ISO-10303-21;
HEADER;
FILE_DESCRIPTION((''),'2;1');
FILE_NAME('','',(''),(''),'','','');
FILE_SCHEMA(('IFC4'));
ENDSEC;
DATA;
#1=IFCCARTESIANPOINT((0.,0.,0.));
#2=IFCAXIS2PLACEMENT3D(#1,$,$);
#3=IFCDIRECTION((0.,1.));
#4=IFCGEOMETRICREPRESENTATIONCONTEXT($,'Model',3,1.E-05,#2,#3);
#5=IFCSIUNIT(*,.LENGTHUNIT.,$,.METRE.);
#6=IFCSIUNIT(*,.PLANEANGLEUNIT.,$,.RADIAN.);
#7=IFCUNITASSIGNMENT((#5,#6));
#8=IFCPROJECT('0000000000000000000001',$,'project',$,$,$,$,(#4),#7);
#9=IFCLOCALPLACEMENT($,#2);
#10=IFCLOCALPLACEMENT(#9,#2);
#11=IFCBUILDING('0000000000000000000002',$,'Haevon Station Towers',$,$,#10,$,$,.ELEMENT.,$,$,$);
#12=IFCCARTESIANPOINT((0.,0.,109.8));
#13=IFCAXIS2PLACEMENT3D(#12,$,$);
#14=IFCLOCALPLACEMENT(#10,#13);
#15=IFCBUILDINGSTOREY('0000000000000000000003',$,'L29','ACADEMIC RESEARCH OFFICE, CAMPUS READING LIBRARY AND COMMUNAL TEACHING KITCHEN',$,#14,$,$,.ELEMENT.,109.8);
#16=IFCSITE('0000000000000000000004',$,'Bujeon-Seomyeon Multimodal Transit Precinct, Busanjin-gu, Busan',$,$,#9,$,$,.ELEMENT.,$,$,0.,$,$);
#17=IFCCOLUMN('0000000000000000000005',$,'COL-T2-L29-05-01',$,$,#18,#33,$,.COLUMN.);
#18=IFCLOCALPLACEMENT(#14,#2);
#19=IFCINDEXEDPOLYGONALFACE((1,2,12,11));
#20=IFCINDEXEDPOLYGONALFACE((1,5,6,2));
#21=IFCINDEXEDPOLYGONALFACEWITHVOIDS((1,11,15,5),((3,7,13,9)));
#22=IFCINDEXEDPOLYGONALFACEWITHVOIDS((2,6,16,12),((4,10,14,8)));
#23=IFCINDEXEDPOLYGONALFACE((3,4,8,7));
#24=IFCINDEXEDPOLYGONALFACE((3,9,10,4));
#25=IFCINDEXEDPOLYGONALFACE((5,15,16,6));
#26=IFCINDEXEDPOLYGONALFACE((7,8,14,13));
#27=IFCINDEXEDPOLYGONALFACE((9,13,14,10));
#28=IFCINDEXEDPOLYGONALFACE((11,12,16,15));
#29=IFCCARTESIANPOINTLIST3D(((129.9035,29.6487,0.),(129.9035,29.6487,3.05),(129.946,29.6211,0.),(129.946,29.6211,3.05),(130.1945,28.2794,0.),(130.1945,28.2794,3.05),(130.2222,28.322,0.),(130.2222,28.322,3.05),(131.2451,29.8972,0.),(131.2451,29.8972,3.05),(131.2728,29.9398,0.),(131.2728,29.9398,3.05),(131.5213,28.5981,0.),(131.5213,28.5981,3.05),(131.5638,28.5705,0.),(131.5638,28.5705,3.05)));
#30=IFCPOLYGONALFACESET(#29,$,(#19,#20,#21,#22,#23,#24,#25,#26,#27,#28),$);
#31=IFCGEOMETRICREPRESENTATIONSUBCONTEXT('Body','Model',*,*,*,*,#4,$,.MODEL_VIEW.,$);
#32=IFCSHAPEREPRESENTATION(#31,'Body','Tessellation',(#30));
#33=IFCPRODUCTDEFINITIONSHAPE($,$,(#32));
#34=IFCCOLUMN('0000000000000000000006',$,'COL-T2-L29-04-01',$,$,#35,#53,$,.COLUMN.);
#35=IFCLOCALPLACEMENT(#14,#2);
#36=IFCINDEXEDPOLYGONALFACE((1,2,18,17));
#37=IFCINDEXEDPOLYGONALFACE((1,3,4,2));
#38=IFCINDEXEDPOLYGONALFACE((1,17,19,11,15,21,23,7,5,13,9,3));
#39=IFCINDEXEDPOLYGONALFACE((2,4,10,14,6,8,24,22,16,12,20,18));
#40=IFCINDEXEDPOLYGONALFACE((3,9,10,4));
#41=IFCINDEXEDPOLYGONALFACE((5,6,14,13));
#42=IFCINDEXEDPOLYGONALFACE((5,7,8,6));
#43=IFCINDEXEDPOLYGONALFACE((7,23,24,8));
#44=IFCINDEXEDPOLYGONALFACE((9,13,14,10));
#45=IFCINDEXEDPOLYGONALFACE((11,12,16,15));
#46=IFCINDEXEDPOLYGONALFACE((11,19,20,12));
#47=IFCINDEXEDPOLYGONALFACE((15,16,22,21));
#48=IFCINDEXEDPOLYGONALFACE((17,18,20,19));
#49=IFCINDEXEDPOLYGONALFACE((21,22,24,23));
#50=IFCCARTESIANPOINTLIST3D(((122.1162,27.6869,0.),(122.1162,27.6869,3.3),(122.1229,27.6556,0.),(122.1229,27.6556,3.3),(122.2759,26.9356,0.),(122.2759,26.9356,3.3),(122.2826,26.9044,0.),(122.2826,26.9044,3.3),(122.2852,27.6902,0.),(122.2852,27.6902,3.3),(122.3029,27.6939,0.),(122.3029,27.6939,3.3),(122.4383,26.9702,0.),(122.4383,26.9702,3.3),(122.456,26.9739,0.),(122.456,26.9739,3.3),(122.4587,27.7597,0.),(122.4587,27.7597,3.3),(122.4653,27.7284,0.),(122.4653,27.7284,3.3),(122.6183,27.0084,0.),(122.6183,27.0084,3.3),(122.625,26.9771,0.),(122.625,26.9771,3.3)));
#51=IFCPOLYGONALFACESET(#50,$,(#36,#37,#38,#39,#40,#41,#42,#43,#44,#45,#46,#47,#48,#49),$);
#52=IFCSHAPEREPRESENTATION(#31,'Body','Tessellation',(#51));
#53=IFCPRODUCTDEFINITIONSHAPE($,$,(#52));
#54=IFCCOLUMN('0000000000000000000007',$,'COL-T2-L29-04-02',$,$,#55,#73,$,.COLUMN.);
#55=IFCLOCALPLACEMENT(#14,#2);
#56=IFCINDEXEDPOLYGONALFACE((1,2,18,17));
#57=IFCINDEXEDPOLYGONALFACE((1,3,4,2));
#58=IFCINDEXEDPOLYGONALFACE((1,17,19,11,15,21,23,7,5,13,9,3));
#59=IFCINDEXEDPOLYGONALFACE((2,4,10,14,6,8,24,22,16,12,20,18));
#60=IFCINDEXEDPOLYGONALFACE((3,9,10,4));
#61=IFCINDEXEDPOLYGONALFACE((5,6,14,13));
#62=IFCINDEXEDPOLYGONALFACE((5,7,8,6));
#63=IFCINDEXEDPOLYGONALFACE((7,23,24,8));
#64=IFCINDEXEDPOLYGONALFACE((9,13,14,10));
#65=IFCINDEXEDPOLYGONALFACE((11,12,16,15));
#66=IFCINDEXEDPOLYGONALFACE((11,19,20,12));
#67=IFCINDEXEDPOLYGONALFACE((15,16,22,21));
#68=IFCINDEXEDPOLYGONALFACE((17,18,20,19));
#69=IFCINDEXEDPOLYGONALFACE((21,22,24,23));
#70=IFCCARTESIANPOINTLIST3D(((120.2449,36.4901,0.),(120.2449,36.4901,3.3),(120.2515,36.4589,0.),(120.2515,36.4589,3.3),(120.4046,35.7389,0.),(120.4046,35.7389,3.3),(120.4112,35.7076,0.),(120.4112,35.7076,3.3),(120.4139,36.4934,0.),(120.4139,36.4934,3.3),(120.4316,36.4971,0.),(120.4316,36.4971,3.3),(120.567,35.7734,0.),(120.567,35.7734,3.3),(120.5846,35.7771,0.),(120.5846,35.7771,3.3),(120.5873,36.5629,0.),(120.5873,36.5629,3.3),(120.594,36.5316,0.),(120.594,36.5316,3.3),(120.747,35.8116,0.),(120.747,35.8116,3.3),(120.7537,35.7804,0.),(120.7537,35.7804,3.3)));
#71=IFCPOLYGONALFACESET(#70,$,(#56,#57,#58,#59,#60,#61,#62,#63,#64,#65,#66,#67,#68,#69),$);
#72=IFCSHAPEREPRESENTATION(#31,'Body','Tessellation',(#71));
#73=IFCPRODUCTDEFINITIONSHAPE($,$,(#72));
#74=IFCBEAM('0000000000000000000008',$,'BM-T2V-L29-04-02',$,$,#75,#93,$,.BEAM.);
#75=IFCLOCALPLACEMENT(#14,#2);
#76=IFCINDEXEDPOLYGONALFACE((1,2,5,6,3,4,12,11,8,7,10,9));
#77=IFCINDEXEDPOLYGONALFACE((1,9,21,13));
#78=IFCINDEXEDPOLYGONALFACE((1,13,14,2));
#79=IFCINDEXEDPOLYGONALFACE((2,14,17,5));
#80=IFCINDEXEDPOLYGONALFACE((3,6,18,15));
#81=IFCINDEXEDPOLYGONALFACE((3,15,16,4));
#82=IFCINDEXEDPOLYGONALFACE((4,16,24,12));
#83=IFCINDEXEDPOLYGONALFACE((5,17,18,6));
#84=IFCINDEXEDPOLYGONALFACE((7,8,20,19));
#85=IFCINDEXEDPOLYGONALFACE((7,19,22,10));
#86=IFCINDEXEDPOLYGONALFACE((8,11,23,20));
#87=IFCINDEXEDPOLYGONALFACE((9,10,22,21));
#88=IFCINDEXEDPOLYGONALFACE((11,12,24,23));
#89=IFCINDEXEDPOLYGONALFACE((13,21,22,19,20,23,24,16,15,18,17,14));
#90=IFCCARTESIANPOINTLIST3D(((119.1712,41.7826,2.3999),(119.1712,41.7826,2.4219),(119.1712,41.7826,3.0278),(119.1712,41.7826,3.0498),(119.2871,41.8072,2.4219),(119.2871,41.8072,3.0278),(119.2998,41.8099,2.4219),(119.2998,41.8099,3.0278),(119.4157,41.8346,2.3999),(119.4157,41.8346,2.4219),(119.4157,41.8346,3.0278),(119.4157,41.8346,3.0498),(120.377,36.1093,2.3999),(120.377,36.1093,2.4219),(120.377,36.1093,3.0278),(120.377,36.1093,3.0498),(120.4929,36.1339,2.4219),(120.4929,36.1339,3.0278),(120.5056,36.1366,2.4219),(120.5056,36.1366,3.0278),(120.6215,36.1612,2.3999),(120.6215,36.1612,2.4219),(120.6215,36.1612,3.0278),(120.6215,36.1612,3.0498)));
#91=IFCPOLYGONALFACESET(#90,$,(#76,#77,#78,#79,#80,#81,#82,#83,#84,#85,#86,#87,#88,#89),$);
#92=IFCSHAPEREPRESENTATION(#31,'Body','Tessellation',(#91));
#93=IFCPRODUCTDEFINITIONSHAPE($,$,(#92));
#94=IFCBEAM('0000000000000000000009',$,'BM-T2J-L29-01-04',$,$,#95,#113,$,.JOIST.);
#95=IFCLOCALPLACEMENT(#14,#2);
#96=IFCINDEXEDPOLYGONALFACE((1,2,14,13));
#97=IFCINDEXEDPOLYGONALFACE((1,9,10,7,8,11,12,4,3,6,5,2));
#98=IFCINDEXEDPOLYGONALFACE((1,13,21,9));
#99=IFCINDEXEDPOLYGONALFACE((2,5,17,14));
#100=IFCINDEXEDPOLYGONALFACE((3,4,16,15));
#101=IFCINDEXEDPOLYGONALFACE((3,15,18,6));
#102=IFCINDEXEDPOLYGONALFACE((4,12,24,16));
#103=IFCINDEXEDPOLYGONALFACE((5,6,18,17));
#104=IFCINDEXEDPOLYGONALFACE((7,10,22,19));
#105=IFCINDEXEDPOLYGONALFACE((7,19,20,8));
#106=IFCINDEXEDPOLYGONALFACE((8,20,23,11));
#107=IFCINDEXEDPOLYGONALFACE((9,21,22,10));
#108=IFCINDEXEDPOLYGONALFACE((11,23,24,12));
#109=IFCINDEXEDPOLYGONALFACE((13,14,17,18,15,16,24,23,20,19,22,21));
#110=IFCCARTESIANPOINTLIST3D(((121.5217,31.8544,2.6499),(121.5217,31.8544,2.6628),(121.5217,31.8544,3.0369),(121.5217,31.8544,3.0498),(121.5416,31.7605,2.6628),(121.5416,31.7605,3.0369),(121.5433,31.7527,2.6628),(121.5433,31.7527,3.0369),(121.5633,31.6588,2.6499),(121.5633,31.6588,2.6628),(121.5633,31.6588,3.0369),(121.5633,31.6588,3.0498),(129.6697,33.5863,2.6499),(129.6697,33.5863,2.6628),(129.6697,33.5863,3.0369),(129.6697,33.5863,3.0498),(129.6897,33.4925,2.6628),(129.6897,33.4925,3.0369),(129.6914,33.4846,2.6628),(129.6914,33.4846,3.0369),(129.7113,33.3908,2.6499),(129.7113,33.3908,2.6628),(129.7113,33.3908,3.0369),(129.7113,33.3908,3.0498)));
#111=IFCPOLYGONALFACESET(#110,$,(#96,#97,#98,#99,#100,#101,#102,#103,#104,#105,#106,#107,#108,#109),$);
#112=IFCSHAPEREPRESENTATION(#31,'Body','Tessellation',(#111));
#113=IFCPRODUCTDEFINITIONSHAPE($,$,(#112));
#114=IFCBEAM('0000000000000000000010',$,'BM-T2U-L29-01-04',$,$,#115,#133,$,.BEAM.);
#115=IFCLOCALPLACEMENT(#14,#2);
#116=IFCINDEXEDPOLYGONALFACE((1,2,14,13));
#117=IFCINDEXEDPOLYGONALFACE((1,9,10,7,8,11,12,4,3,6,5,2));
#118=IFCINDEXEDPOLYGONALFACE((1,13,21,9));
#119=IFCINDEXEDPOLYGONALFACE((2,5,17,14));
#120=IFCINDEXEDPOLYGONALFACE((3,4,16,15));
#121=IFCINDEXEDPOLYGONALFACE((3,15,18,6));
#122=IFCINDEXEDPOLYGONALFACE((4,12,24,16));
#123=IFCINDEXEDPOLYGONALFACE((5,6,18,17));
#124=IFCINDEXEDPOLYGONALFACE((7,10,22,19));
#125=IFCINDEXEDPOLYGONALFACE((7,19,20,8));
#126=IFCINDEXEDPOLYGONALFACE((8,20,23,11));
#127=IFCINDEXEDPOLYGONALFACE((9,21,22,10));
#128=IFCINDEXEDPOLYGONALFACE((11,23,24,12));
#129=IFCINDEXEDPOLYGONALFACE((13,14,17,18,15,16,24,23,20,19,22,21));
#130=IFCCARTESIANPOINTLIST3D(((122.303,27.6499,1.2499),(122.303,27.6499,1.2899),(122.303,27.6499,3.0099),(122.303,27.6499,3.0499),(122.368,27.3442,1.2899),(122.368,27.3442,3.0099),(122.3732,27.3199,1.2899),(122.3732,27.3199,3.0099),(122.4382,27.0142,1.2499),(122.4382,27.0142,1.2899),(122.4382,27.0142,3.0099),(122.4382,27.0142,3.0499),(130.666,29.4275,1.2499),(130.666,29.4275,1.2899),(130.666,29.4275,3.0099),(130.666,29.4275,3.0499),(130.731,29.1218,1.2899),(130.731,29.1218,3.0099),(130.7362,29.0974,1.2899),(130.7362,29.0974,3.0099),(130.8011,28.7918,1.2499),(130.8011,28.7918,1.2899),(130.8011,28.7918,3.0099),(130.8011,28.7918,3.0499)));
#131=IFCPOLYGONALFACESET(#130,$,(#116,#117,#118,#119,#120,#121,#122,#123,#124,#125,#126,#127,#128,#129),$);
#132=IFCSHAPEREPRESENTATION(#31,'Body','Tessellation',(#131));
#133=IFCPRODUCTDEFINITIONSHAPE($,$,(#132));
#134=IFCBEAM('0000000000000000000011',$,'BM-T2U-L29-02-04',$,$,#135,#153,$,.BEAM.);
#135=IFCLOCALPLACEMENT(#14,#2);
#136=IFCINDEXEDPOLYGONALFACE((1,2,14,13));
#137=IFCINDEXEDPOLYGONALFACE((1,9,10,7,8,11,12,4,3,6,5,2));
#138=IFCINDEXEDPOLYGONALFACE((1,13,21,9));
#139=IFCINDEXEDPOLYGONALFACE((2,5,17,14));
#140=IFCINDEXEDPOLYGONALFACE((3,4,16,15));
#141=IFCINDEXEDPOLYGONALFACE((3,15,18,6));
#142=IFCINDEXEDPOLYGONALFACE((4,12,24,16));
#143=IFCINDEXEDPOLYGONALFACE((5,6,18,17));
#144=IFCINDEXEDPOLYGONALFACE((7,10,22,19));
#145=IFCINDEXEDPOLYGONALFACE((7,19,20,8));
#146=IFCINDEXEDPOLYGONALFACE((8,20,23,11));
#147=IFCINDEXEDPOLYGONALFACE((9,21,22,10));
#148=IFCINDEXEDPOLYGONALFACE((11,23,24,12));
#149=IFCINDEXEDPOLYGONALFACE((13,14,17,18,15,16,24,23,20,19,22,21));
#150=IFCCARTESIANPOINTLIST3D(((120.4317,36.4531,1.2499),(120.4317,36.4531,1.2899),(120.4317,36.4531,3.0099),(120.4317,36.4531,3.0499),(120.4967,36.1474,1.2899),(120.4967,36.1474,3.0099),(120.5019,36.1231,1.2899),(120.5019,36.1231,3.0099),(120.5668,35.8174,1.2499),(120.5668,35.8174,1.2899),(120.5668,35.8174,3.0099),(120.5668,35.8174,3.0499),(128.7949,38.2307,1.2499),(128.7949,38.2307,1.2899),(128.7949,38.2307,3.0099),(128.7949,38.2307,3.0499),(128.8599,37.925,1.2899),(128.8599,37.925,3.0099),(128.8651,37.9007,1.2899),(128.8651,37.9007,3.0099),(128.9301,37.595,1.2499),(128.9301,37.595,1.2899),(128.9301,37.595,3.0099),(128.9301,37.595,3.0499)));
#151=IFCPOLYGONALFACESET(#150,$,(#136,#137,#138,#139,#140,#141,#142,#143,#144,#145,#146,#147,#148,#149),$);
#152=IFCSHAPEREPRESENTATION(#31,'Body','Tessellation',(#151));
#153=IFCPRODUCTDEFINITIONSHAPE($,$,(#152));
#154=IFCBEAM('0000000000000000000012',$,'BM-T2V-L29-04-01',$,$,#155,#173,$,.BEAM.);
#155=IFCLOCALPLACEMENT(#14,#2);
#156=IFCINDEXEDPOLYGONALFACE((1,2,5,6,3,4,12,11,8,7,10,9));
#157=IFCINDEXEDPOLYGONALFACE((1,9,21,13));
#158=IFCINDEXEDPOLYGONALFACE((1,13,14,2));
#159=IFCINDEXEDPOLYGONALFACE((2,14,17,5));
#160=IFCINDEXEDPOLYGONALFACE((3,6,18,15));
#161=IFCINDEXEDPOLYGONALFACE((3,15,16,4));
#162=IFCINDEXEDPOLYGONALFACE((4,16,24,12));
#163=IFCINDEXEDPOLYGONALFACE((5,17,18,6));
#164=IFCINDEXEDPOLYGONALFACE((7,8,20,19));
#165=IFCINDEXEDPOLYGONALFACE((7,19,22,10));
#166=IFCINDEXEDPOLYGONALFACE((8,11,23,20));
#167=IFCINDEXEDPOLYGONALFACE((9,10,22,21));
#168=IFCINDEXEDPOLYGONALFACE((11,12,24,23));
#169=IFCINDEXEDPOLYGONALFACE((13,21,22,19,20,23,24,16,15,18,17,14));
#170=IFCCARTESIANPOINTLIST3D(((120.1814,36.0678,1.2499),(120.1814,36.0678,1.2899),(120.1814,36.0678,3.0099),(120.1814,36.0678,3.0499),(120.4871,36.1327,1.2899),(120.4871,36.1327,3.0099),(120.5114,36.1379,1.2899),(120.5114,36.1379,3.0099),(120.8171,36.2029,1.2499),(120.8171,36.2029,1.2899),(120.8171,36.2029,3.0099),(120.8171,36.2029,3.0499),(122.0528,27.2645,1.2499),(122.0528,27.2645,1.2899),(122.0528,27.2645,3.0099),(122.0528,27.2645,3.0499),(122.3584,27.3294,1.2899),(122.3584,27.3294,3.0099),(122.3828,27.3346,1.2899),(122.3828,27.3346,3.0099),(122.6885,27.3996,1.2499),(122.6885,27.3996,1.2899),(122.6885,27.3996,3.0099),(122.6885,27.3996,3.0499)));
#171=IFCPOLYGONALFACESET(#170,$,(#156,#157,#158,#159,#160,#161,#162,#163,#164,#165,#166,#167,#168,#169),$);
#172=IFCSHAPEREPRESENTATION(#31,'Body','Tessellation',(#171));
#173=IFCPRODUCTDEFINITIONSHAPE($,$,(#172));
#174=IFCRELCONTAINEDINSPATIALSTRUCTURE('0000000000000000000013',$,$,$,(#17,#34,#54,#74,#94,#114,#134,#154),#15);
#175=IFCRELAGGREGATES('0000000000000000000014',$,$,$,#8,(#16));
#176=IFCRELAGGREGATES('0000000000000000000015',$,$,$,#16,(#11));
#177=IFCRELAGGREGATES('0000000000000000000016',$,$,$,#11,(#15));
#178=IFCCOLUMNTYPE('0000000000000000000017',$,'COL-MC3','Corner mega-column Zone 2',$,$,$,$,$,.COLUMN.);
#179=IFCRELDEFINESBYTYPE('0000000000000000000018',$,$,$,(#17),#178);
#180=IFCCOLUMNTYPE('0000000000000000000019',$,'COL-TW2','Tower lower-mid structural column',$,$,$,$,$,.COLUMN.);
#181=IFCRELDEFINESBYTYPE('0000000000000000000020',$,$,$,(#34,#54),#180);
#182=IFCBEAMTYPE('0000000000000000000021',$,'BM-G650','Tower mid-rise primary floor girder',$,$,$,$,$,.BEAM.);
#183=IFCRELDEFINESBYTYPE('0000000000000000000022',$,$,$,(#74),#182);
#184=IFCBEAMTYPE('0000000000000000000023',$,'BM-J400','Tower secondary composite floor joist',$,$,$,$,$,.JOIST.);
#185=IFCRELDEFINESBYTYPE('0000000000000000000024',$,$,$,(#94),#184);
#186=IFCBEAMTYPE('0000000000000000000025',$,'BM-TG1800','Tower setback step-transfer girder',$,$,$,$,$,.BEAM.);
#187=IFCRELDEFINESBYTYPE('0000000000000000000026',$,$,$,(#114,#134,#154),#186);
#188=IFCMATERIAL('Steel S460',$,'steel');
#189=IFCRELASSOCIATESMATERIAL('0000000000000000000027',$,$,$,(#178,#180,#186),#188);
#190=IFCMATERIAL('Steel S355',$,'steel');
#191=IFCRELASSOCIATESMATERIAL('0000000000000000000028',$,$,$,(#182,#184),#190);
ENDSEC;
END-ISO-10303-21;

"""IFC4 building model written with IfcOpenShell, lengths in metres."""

from ifc_helpers import new_model, si_unit, direction, frame, origin, origin_2d, place, context, subcontext, project, spatial, hollow_rectangle, i_section, extrude, material, material_profile, profile_set, type_object, element, save


model = new_model("IFC4")

# Units and contexts
model_context = context("Model", 3, precision=1e-05, world=origin(), true_north=direction((0.0, 1.0)))
body_context = subcontext(model_context, "Body", "Model", "MODEL_VIEW")
ifc_project = project(units=[si_unit("LENGTHUNIT", "METRE"), si_unit("PLANEANGLEUNIT", "RADIAN")], contexts=[model_context])

# Site, building, storey
site_placement = place(None, origin())
site = spatial("IfcSite", under=ifc_project, at=site_placement, Name="Bujeon-Seomyeon Multimodal Transit Precinct, Busanjin-gu, Busan", CompositionType="ELEMENT", RefElevation=0.0)
building_placement = place(site_placement, origin())
building = spatial("IfcBuilding", under=site, at=building_placement, Name="Haevon Station Towers", CompositionType="ELEMENT")
storey_placement = place(building_placement, frame((0.0, 0.0, 109.8)))
storey = spatial("IfcBuildingStorey", under=building, at=storey_placement, Name="L29", Description="ACADEMIC RESEARCH OFFICE, CAMPUS READING LIBRARY AND COMMUNAL TEACHING KITCHEN", CompositionType="ELEMENT", Elevation=109.8)

# Columns
ifc_material_1 = material(Name="Steel S460", Category="steel")
ifc_material_profile_1 = material_profile(ifc_material_1, hollow_rectangle(XDim=1.3999, YDim=1.3999, WallThickness=0.0359, at=origin_2d()), Name="BOX-1400x1400x36")
ifc_profile_set_1 = profile_set([ifc_material_profile_1], Name="Steel S460")
column_type_1 = type_object("IfcColumnType", Name="COL-MC3", Description="Corner mega-column Zone 2", PredefinedType="COLUMN", material=ifc_profile_set_1)
column_placement = place(storey_placement, frame((130.7336, 29.1096, 0.0), z_axis=(0.0, 0.0, 1.0), x_axis=(0.978148, 0.207912, 0.0)))
element("IfcColumn", 1, at=column_placement, inside=storey, type_object=column_type_1, Name="COL-T2-L29-05-01", PredefinedType="COLUMN", context=body_context, shape_type="SweptSolid", body=[
    extrude(hollow_rectangle(XDim=1.3999, YDim=1.3999, WallThickness=0.0359, at=origin_2d()), origin(), (0.0, 0.0, 1.0), 3.05),
])
ifc_material_profile_2 = material_profile(ifc_material_1, i_section(OverallWidth=0.3501, OverallDepth=0.8, WebThickness=0.0181, FlangeThickness=0.032, at=origin_2d()), Name="H-800x350x18x32")
ifc_profile_set_2 = profile_set([ifc_material_profile_2], Name="Steel S460")
column_type_2 = type_object("IfcColumnType", Name="COL-TW2", Description="Tower lower-mid structural column", PredefinedType="COLUMN", material=ifc_profile_set_2)
for number, where, z_axis, x_axis, name in (
    (2, (122.3706, 27.332, 0.0), (0.0, 0.0, 1.0), (0.978148, 0.207912, 0.0), "COL-T2-L29-04-01"),
    (3, (120.4993, 36.1353, 0.0), (0.0, 0.0, 1.0), (0.978148, 0.207912, 0.0), "COL-T2-L29-04-02"),
):
    element("IfcColumn", number, at=place(storey_placement, frame(where, z_axis=z_axis, x_axis=x_axis)), inside=storey, type_object=column_type_2, Name=name, PredefinedType="COLUMN", context=body_context, shape_type="SweptSolid", body=[
        extrude(i_section(OverallWidth=0.3501, OverallDepth=0.8, WebThickness=0.0181, FlangeThickness=0.032, at=origin_2d()), origin(), (0.0, 0.0, 1.0), 3.3),
    ])

# Beams
ifc_material_2 = material(Name="Steel S355", Category="steel")
ifc_material_profile_3 = material_profile(ifc_material_2, i_section(OverallWidth=0.25, OverallDepth=0.6499, WebThickness=0.0129, FlangeThickness=0.022, at=origin_2d()), Name="H-650x250x13x22")
ifc_profile_set_3 = profile_set([ifc_material_profile_3], Name="Steel S355")
beam_type_1 = type_object("IfcBeamType", Name="BM-G650", Description="Tower mid-rise primary floor girder", PredefinedType="BEAM", material=ifc_profile_set_3)
beam_1_placement = place(storey_placement, frame((120.4993, 36.1353, 2.7249), z_axis=(-0.207896, 0.978151, 0.0), x_axis=(-0.978151, -0.207896, 0.0)))
element("IfcBeam", 4, at=beam_1_placement, inside=storey, type_object=beam_type_1, Name="BM-T2V-L29-04-02", PredefinedType="BEAM", context=body_context, shape_type="SweptSolid", body=[
    extrude(i_section(OverallWidth=0.25, OverallDepth=0.6499, WebThickness=0.0129, FlangeThickness=0.022, at=origin_2d()), origin(), (0.0, 0.0, 1.0), 5.8),
])
ifc_material_profile_4 = material_profile(ifc_material_2, i_section(OverallWidth=0.2, OverallDepth=0.3999, WebThickness=0.0081, FlangeThickness=0.0129, at=origin_2d()), Name="H-400x200x8x13")
ifc_profile_set_4 = profile_set([ifc_material_profile_4], Name="Steel S355")
beam_type_2 = type_object("IfcBeamType", Name="BM-J400", Description="Tower secondary composite floor joist", PredefinedType="JOIST", material=ifc_profile_set_4)
beam_2_placement = place(storey_placement, frame((121.5425, 31.7566, 2.8499), z_axis=(0.978147, 0.207916, 0.0), x_axis=(-0.207916, 0.978147, 0.0)))
element("IfcBeam", 5, at=beam_2_placement, inside=storey, type_object=beam_type_2, Name="BM-T2J-L29-01-04", PredefinedType="JOIST", context=body_context, shape_type="SweptSolid", body=[
    extrude(i_section(OverallWidth=0.2, OverallDepth=0.3999, WebThickness=0.0081, FlangeThickness=0.0129, at=origin_2d()), origin(), (0.0, 0.0, 1.0), 8.3301),
])
ifc_material_profile_5 = material_profile(ifc_material_1, i_section(OverallWidth=0.6499, OverallDepth=1.8, WebThickness=0.0249, FlangeThickness=0.04, at=origin_2d()), Name="H-1800x650x25x40")
ifc_profile_set_5 = profile_set([ifc_material_profile_5], Name="Steel S460")
beam_type_3 = type_object("IfcBeamType", Name="BM-TG1800", Description="Tower setback step-transfer girder", PredefinedType="BEAM", material=ifc_profile_set_5)
beam_3_placement = place(storey_placement, frame((122.3706, 27.332, 2.1499), z_axis=(0.978148, 0.207908, 0.0), x_axis=(-0.207908, 0.978148, 0.0)))
element("IfcBeam", 6, at=beam_3_placement, inside=storey, type_object=beam_type_3, Name="BM-T2U-L29-01-04", PredefinedType="BEAM", context=body_context, shape_type="SweptSolid", body=[
    extrude(i_section(OverallWidth=0.6499, OverallDepth=1.8, WebThickness=0.0249, FlangeThickness=0.04, at=origin_2d()), origin(), (0.0, 0.0, 1.0), 8.5498),
])
beam_4_placement = place(storey_placement, frame((120.4993, 36.1353, 2.1499), z_axis=(0.97815, 0.207902, 0.0), x_axis=(-0.207902, 0.97815, 0.0)))
element("IfcBeam", 7, at=beam_4_placement, inside=storey, type_object=beam_type_3, Name="BM-T2U-L29-02-04", PredefinedType="BEAM", context=body_context, shape_type="SweptSolid", body=[
    extrude(i_section(OverallWidth=0.6499, OverallDepth=1.8, WebThickness=0.0249, FlangeThickness=0.04, at=origin_2d()), origin(), (0.0, 0.0, 1.0), 8.55),
])
beam_5_placement = place(storey_placement, frame((122.3706, 27.332, 2.1499), z_axis=(-0.207928, 0.978144, 0.0), x_axis=(-0.978144, -0.207928, 0.0)))
element("IfcBeam", 8, at=beam_5_placement, inside=storey, type_object=beam_type_3, Name="BM-T2V-L29-04-01", PredefinedType="BEAM", context=body_context, shape_type="SweptSolid", body=[
    extrude(i_section(OverallWidth=0.6499, OverallDepth=1.8, WebThickness=0.0249, FlangeThickness=0.04, at=origin_2d()), origin(), (0.0, 0.0, 1.0), 9.0),
])

save(model, "model.ifc")
